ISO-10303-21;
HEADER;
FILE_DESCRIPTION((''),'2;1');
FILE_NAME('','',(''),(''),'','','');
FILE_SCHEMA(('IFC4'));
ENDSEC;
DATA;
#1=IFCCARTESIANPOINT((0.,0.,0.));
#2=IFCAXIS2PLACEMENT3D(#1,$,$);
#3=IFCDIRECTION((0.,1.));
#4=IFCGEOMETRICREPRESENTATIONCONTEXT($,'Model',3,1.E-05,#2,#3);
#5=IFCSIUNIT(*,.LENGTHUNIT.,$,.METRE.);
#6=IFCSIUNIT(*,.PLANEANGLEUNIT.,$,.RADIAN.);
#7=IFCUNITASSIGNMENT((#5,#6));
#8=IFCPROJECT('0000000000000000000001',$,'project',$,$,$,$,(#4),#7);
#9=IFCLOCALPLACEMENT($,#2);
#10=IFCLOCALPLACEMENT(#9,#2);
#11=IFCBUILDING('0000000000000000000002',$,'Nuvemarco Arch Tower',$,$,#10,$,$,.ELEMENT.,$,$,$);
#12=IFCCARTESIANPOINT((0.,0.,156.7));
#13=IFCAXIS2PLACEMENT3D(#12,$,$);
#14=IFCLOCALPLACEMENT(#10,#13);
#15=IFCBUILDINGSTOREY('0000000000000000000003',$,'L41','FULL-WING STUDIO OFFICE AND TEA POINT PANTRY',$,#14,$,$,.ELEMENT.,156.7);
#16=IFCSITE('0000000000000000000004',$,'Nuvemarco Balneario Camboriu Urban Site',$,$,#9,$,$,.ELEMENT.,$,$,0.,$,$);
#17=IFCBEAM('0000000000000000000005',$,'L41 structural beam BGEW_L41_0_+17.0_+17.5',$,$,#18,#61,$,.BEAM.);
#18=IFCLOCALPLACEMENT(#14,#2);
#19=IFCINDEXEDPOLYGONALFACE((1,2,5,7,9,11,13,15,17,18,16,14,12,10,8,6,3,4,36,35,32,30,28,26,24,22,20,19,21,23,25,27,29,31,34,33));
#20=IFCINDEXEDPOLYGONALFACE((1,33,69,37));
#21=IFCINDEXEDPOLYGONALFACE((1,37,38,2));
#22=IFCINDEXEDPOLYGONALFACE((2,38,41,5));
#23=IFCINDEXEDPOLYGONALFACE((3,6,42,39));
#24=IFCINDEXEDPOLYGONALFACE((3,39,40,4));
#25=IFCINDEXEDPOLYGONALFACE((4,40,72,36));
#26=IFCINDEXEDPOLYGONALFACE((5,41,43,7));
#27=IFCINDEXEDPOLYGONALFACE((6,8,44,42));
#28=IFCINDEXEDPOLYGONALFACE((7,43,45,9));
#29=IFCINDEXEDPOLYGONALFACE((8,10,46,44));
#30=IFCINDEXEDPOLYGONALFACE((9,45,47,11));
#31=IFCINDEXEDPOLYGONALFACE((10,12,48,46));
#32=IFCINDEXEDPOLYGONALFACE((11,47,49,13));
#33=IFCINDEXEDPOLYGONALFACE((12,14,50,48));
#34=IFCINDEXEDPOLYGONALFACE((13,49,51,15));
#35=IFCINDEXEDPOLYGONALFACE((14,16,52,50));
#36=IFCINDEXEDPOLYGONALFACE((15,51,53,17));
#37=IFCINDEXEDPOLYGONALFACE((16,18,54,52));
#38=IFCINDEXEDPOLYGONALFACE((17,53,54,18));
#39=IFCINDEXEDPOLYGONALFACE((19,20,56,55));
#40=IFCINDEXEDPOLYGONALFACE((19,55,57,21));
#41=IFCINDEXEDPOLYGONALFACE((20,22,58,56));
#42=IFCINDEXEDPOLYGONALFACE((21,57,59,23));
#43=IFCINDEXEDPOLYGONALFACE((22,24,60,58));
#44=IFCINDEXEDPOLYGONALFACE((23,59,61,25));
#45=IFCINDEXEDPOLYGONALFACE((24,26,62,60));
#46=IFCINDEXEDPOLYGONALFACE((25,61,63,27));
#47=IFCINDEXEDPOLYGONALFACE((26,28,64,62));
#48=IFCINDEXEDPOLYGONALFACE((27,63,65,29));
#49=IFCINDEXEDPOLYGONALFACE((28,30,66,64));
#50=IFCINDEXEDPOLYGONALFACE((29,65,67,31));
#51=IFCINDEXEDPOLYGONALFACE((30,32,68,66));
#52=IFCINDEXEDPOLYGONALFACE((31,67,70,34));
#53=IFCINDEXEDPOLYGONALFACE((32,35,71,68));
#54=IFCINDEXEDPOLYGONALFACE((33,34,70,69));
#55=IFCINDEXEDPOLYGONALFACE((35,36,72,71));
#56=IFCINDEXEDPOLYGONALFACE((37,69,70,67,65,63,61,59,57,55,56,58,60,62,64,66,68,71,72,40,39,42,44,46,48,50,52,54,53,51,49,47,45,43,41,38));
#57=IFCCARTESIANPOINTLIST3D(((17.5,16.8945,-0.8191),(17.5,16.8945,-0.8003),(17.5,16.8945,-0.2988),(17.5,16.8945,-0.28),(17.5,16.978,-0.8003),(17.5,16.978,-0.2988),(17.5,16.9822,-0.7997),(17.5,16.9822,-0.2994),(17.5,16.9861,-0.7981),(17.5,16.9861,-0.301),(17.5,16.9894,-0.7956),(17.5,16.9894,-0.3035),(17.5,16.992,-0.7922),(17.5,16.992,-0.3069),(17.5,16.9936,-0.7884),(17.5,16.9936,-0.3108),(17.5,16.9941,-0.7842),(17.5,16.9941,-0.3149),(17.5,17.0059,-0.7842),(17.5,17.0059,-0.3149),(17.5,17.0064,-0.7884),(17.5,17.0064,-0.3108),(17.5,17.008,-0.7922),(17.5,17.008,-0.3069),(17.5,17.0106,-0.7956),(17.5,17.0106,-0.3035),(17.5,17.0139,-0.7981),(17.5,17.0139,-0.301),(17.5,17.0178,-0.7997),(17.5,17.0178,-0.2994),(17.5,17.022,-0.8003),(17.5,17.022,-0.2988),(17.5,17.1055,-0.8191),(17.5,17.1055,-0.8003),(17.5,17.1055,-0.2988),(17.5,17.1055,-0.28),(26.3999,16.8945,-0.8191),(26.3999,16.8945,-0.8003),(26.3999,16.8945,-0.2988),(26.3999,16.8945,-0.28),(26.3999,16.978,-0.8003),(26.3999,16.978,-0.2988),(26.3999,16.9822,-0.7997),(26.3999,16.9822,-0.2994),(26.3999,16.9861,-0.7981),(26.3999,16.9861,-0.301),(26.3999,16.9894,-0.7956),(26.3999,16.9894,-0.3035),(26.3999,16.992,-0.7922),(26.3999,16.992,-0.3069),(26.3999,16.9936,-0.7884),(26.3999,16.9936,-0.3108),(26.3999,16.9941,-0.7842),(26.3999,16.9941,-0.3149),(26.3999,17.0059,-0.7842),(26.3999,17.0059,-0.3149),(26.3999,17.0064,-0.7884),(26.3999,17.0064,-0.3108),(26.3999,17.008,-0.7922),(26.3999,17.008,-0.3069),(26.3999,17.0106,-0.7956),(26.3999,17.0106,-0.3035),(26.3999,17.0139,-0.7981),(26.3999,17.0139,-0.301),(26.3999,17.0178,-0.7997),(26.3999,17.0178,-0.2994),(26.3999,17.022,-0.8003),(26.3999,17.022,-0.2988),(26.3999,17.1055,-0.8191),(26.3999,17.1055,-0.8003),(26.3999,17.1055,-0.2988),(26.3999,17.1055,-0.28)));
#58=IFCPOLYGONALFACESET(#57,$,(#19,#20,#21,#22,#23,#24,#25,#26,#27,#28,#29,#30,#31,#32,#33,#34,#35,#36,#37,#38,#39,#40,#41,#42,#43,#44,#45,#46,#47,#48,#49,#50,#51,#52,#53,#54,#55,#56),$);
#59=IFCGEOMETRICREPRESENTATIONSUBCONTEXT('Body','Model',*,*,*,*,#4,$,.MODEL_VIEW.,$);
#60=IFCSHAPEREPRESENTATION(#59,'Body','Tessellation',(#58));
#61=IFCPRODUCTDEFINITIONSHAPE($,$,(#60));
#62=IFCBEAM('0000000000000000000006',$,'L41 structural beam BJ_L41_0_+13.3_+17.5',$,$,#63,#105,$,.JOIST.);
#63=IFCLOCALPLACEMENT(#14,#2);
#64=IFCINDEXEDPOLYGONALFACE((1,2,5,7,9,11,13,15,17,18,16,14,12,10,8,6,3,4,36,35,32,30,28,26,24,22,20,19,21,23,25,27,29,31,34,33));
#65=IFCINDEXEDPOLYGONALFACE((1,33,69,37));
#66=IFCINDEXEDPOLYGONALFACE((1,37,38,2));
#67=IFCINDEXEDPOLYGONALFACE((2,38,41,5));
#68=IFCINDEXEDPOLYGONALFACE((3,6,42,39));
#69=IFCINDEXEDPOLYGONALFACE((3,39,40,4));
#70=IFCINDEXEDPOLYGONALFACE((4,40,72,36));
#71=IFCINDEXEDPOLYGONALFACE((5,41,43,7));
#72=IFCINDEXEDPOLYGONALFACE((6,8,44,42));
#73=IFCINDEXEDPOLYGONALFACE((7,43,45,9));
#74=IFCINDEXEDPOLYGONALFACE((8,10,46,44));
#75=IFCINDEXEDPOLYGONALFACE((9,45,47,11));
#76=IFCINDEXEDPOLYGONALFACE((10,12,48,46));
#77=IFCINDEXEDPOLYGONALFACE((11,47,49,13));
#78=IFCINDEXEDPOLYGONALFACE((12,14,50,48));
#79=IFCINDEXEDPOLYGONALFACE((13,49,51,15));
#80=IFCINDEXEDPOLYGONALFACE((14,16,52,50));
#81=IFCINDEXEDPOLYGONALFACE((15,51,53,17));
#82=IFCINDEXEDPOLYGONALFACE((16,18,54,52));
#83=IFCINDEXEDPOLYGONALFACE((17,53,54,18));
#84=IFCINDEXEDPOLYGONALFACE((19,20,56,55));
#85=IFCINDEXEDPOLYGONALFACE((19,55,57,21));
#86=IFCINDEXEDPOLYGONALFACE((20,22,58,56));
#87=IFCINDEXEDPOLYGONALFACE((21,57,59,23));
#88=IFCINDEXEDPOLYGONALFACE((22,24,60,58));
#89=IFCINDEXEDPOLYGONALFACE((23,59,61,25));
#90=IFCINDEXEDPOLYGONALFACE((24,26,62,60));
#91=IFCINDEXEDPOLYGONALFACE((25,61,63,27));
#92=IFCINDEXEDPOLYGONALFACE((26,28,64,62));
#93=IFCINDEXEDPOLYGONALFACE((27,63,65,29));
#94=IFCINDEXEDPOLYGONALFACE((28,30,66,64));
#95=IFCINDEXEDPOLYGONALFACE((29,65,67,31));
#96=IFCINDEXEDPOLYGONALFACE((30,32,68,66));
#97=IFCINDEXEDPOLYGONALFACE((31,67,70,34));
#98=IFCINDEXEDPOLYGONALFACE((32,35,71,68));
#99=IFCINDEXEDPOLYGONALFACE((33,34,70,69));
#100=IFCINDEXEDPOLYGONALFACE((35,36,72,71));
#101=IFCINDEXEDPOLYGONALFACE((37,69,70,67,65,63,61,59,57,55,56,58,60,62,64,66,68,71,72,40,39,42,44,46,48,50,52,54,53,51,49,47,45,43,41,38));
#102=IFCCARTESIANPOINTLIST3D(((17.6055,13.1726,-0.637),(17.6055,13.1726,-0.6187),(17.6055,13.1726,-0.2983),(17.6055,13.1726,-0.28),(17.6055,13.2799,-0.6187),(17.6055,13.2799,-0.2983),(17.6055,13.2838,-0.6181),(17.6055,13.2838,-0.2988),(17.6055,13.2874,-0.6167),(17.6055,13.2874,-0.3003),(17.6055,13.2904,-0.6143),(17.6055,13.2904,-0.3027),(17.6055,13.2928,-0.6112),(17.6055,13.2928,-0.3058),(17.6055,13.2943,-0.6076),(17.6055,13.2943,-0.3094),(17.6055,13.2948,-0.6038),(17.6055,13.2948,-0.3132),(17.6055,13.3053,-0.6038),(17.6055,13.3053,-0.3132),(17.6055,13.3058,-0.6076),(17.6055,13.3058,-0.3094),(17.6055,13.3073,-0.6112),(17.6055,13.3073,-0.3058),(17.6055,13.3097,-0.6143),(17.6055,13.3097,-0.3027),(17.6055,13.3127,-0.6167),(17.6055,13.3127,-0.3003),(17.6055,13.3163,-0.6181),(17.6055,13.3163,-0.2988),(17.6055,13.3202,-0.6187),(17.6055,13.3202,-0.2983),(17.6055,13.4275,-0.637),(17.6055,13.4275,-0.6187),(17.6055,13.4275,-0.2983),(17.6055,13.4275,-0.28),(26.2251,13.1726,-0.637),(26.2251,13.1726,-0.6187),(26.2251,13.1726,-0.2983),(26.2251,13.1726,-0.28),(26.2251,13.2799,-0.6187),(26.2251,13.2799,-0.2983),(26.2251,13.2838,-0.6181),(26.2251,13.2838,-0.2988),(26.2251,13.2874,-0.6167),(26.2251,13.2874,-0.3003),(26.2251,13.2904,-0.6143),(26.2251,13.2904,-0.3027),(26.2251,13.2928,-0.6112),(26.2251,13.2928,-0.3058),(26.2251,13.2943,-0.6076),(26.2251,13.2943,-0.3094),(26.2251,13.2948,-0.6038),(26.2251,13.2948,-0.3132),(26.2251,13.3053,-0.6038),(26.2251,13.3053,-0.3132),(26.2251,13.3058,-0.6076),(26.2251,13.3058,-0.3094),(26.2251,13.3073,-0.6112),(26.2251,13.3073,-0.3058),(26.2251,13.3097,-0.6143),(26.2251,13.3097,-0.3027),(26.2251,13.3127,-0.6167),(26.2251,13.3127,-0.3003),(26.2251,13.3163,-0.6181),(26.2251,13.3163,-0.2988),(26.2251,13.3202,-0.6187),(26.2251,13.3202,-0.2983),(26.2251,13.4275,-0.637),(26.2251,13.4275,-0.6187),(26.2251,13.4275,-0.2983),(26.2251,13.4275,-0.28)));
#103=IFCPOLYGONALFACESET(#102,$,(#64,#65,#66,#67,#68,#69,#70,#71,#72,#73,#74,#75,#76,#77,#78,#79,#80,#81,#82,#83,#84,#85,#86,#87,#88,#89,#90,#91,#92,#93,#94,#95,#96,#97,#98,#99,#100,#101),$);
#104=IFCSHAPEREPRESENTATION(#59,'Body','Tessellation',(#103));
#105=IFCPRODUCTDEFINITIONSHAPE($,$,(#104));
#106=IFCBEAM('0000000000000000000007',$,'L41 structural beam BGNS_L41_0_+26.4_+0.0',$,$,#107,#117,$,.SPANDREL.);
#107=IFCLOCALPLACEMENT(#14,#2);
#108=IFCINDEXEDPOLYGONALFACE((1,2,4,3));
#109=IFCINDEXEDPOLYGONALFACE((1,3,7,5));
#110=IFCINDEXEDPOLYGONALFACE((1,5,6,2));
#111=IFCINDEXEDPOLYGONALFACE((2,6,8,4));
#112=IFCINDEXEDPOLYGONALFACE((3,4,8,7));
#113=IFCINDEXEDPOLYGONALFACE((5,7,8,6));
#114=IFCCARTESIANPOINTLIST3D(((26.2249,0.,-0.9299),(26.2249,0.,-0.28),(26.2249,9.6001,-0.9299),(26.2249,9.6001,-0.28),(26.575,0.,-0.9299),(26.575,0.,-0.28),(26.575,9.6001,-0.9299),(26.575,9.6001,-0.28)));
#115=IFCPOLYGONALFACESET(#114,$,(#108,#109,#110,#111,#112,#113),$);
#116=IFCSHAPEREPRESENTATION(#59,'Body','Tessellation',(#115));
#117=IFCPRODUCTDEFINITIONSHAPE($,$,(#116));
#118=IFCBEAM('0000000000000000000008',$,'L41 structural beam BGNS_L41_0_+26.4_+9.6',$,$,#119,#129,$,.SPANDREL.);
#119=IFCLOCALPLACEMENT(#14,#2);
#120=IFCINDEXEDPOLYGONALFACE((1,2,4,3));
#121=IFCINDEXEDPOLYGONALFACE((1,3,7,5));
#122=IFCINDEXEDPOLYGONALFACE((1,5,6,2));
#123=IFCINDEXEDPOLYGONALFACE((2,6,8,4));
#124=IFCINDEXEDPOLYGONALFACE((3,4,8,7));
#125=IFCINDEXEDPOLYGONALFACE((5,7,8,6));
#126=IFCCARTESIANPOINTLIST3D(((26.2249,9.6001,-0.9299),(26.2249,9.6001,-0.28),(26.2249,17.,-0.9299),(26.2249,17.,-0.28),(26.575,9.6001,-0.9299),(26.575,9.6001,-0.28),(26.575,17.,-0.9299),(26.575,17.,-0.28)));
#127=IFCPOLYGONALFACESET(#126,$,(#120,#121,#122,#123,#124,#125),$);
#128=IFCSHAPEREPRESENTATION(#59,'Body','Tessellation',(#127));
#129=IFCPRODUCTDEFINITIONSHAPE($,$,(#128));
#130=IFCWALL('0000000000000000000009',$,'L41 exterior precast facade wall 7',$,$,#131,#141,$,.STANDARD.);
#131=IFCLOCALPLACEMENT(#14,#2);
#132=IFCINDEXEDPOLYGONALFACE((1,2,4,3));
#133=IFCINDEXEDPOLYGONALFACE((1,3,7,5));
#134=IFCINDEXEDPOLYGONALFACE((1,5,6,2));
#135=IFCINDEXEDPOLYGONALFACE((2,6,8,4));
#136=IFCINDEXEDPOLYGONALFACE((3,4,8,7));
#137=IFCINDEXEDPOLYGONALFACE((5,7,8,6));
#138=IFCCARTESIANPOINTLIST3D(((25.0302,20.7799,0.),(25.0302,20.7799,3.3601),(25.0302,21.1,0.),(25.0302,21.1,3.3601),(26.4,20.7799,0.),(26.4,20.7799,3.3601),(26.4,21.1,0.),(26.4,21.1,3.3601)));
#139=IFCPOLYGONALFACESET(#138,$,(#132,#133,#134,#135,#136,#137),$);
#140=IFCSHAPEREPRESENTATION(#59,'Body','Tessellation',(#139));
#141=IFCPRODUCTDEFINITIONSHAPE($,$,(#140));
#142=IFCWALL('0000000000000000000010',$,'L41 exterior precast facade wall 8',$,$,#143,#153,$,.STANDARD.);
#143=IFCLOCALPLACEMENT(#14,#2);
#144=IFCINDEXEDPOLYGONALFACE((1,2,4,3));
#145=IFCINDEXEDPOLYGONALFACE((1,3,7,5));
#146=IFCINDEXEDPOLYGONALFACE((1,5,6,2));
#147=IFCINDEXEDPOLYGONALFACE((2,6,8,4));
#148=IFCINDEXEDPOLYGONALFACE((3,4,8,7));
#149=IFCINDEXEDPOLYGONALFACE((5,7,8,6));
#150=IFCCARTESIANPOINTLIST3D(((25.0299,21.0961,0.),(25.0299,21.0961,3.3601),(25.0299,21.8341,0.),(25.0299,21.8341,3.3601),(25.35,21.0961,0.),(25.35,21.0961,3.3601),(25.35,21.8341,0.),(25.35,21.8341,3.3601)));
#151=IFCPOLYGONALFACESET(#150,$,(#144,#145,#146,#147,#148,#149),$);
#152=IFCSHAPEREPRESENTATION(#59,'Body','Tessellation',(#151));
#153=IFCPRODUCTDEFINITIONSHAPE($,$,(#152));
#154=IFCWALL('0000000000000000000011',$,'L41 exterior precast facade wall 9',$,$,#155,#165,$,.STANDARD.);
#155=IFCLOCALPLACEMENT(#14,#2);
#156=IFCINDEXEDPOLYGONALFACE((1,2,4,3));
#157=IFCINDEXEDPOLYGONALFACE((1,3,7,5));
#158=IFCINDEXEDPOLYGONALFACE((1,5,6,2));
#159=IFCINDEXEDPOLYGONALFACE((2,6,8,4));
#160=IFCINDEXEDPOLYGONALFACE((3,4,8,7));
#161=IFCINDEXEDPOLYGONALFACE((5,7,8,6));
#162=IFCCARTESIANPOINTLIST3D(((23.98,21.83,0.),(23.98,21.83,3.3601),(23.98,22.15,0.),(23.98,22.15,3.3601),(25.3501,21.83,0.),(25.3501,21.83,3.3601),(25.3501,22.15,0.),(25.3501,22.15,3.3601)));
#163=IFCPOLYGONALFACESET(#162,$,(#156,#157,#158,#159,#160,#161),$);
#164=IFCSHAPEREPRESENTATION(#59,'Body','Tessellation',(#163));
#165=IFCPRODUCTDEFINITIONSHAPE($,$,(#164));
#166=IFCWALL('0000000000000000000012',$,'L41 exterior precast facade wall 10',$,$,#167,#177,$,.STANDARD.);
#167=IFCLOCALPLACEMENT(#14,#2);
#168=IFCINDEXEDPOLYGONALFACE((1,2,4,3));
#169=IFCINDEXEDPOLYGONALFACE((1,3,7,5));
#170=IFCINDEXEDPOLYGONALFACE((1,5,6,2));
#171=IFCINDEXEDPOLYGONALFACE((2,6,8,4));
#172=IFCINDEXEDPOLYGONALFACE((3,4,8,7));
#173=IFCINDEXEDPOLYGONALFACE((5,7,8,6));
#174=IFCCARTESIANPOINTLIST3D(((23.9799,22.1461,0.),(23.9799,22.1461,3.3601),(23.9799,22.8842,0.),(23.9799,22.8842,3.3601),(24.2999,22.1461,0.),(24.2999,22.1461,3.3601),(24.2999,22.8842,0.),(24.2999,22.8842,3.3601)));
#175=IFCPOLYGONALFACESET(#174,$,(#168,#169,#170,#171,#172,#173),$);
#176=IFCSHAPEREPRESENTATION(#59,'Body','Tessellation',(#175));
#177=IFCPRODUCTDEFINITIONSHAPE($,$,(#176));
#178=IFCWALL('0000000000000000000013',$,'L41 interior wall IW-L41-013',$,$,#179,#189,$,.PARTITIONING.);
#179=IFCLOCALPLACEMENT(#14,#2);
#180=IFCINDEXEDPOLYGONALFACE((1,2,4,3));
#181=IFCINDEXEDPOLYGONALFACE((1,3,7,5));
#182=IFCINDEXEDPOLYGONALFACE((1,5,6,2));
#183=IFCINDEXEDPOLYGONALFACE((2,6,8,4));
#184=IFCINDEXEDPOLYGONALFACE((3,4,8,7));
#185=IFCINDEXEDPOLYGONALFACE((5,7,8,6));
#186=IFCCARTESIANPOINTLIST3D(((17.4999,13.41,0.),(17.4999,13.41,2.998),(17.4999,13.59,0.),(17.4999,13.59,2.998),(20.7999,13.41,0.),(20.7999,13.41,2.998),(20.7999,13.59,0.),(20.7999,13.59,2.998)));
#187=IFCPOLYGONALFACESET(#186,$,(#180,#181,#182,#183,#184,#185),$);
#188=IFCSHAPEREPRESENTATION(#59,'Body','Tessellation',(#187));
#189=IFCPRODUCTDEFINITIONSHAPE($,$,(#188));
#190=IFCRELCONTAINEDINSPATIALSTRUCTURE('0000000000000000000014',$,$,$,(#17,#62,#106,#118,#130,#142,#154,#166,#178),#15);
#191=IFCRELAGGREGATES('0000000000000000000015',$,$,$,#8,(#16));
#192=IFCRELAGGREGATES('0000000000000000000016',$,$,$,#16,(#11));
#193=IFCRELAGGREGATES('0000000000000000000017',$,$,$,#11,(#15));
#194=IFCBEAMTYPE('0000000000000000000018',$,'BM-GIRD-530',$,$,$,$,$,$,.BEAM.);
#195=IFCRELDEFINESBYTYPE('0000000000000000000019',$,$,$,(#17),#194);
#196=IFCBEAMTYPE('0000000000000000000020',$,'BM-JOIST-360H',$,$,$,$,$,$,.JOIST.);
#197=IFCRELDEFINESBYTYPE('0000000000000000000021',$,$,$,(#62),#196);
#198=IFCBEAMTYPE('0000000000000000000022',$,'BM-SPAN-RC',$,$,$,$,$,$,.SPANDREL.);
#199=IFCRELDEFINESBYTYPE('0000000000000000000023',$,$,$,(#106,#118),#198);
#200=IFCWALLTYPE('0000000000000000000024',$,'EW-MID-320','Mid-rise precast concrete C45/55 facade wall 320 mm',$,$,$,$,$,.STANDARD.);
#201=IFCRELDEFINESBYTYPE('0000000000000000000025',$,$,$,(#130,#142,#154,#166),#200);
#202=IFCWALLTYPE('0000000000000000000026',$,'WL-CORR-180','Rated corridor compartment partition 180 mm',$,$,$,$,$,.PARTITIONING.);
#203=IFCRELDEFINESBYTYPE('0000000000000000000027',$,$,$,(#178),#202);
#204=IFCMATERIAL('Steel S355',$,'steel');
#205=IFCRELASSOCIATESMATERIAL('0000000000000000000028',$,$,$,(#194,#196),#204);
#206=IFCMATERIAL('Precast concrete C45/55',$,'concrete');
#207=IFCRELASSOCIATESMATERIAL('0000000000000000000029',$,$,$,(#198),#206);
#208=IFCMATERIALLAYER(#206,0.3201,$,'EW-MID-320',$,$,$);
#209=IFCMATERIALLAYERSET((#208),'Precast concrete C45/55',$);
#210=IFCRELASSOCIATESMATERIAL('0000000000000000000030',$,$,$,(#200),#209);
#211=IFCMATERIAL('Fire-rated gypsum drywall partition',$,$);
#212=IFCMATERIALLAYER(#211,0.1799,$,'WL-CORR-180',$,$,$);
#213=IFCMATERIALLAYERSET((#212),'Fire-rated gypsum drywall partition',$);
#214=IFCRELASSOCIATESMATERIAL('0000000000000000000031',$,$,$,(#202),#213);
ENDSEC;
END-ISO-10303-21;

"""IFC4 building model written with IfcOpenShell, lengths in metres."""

from ifc_helpers import new_model, si_unit, direction, frame, frame_2d, origin, origin_2d, place, context, subcontext, project, spatial, rectangle, i_section, extrude, material, layer, layer_set, material_profile, profile_set, type_object, element, save


model = new_model("IFC4")

# Units and contexts
model_context = context("Model", 3, precision=1e-05, world=origin(), true_north=direction((0.0, 1.0)))
body_context = subcontext(model_context, "Body", "Model", "MODEL_VIEW")
ifc_project = project(units=[si_unit("LENGTHUNIT", "METRE"), si_unit("PLANEANGLEUNIT", "RADIAN")], contexts=[model_context])

# Site, building, storey
site_placement = place(None, origin())
site = spatial("IfcSite", under=ifc_project, at=site_placement, Name="Nuvemarco Balneario Camboriu Urban Site", CompositionType="ELEMENT", RefElevation=0.0)
building_placement = place(site_placement, origin())
building = spatial("IfcBuilding", under=site, at=building_placement, Name="Nuvemarco Arch Tower", CompositionType="ELEMENT")
storey_placement = place(building_placement, frame((0.0, 0.0, 156.7)))
storey = spatial("IfcBuildingStorey", under=building, at=storey_placement, Name="L41", Description="FULL-WING STUDIO OFFICE AND TEA POINT PANTRY", CompositionType="ELEMENT", Elevation=156.7)

# Shared definitions
ifc_material_1 = material(Name="Steel S355", Category="steel")

# Beams
ifc_material_profile_1 = material_profile(ifc_material_1, i_section(OverallWidth=0.2109, OverallDepth=0.5391, WebThickness=0.0117, FlangeThickness=0.0188, FilletRadius=0.0161, at=origin_2d()), Name="W530x109")
ifc_profile_set_1 = profile_set([ifc_material_profile_1], Name="Steel S355")
beam_type_1 = type_object("IfcBeamType", Name="BM-GIRD-530", PredefinedType="BEAM", material=ifc_profile_set_1)
for number, where, z_axis, x_axis, name in (
    (1, (17.5, 17.0, -0.5496), (1.0, 0.0, 0.0), (0.0, 1.0, 0.0), "L41 structural beam BGEW_L41_0_+17.0_+17.5"),
):
    element("IfcBeam", number, at=place(storey_placement, frame(where, z_axis=z_axis, x_axis=x_axis)), inside=storey, type_object=beam_type_1, Name=name, PredefinedType="BEAM", context=body_context, shape_type="SweptSolid", body=[
        extrude(i_section(OverallWidth=0.2109, OverallDepth=0.5391, WebThickness=0.0117, FlangeThickness=0.0188, FilletRadius=0.0161, at=origin_2d()), origin(), (0.0, 0.0, 1.0), 8.8999),
    ])
ifc_material_profile_2 = material_profile(ifc_material_1, i_section(OverallWidth=0.2549, OverallDepth=0.3569, WebThickness=0.0105, FlangeThickness=0.0183, FilletRadius=0.0149, at=origin_2d()), Name="W360x101")
ifc_profile_set_2 = profile_set([ifc_material_profile_2], Name="Steel S355")
beam_type_2 = type_object("IfcBeamType", Name="BM-JOIST-360H", PredefinedType="JOIST", material=ifc_profile_set_2)
beam_1_placement = place(storey_placement, frame((17.6055, 13.3, -0.4585), z_axis=(1.0, 0.0, 0.0), x_axis=(0.0, 1.0, 0.0)))
element("IfcBeam", 2, at=beam_1_placement, inside=storey, type_object=beam_type_2, Name="L41 structural beam BJ_L41_0_+13.3_+17.5", PredefinedType="JOIST", context=body_context, shape_type="SweptSolid", body=[
    extrude(i_section(OverallWidth=0.2549, OverallDepth=0.3569, WebThickness=0.0105, FlangeThickness=0.0183, FilletRadius=0.0149, at=origin_2d()), origin(), (0.0, 0.0, 1.0), 8.6196),
])
ifc_material_2 = material(Name="Precast concrete C45/55", Category="concrete")
ifc_material_profile_3 = material_profile(ifc_material_2, rectangle(XDim=0.3501, YDim=0.6499, at=origin_2d()), Name="PC-SP-350x650")
ifc_profile_set_3 = profile_set([ifc_material_profile_3], Name="Precast concrete C45/55")
beam_type_3 = type_object("IfcBeamType", Name="BM-SPAN-RC", PredefinedType="SPANDREL", material=ifc_profile_set_3)
beam_2_placement = place(storey_placement, frame((26.3999, 0.0, -0.605), z_axis=(0.0, 1.0, 0.0), x_axis=(-1.0, 0.0, 0.0)))
element("IfcBeam", 3, at=beam_2_placement, inside=storey, type_object=beam_type_3, Name="L41 structural beam BGNS_L41_0_+26.4_+0.0", PredefinedType="SPANDREL", context=body_context, shape_type="SweptSolid", body=[
    extrude(rectangle(XDim=0.3501, YDim=0.6499, at=origin_2d()), origin(), (0.0, 0.0, 1.0), 9.6001),
])
beam_3_placement = place(storey_placement, frame((26.3999, 9.6001, -0.605), z_axis=(0.0, 1.0, 0.0), x_axis=(-1.0, 0.0, 0.0)))
element("IfcBeam", 4, at=beam_3_placement, inside=storey, type_object=beam_type_3, Name="L41 structural beam BGNS_L41_0_+26.4_+9.6", PredefinedType="SPANDREL", context=body_context, shape_type="SweptSolid", body=[
    extrude(rectangle(XDim=0.3501, YDim=0.6499, at=origin_2d()), origin(), (0.0, 0.0, 1.0), 7.3999),
])

# Walls
ifc_layer_1 = layer(ifc_material_2, 0.3201, Name="EW-MID-320")
ifc_layer_set_1 = layer_set([ifc_layer_1], Name="Precast concrete C45/55")
wall_type_1 = type_object("IfcWallType", Name="EW-MID-320", Description="Mid-rise precast concrete C45/55 facade wall 320 mm", PredefinedType="STANDARD", material=ifc_layer_set_1)
wall_1_placement = place(storey_placement, frame((25.03, 20.9399, 0.0), z_axis=(0.0, 0.0, 1.0), x_axis=(1.0, 0.0, 0.0)))
element("IfcWall", 5, at=wall_1_placement, inside=storey, type_object=wall_type_1, Name="L41 exterior precast facade wall 7", PredefinedType="STANDARD", context=body_context, shape_type="SweptSolid", body=[
    extrude(rectangle(XDim=1.3699, YDim=0.3201, at=frame_2d((0.6851, 0.0))), origin(), (0.0, 0.0, 1.0), 3.3601),
])
wall_2_placement = place(storey_placement, frame((25.1899, 21.0959, 0.0), z_axis=(0.0, 0.0, 1.0), x_axis=(0.0, 1.0, 0.0)))
element("IfcWall", 6, at=wall_2_placement, inside=storey, type_object=wall_type_1, Name="L41 exterior precast facade wall 8", PredefinedType="STANDARD", context=body_context, shape_type="SweptSolid", body=[
    extrude(rectangle(XDim=0.738, YDim=0.3201, at=frame_2d((0.3691, 0.0))), origin(), (0.0, 0.0, 1.0), 3.3601),
])
wall_3_placement = place(storey_placement, frame((23.98, 21.99, 0.0), z_axis=(0.0, 0.0, 1.0), x_axis=(1.0, 0.0, 0.0)))
element("IfcWall", 7, at=wall_3_placement, inside=storey, type_object=wall_type_1, Name="L41 exterior precast facade wall 9", PredefinedType="STANDARD", context=body_context, shape_type="SweptSolid", body=[
    extrude(rectangle(XDim=1.3701, YDim=0.3201, at=frame_2d((0.6851, 0.0))), origin(), (0.0, 0.0, 1.0), 3.3601),
])
wall_4_placement = place(storey_placement, frame((24.1399, 22.146, 0.0), z_axis=(0.0, 0.0, 1.0), x_axis=(0.0, 1.0, 0.0)))
element("IfcWall", 8, at=wall_4_placement, inside=storey, type_object=wall_type_1, Name="L41 exterior precast facade wall 10", PredefinedType="STANDARD", context=body_context, shape_type="SweptSolid", body=[
    extrude(rectangle(XDim=0.738, YDim=0.3201, at=frame_2d((0.3691, 0.0))), origin(), (0.0, 0.0, 1.0), 3.3601),
])
ifc_material_3 = material(Name="Fire-rated gypsum drywall partition")
ifc_layer_2 = layer(ifc_material_3, 0.1799, Name="WL-CORR-180")
ifc_layer_set_2 = layer_set([ifc_layer_2], Name="Fire-rated gypsum drywall partition")
wall_type_2 = type_object("IfcWallType", Name="WL-CORR-180", Description="Rated corridor compartment partition 180 mm", PredefinedType="PARTITIONING", material=ifc_layer_set_2)
wall_5_placement = place(storey_placement, frame((17.5, 13.5, 0.0), z_axis=(0.0, 0.0, 1.0), x_axis=(1.0, 0.0, 0.0)))
element("IfcWall", 9, at=wall_5_placement, inside=storey, type_object=wall_type_2, Name="L41 interior wall IW-L41-013", PredefinedType="PARTITIONING", context=body_context, shape_type="SweptSolid", body=[
    extrude(rectangle(XDim=3.3, YDim=0.1799, at=frame_2d((1.6499, 0.0))), origin(), (0.0, 0.0, 1.0), 2.998),
])

save(model, "model.ifc")
